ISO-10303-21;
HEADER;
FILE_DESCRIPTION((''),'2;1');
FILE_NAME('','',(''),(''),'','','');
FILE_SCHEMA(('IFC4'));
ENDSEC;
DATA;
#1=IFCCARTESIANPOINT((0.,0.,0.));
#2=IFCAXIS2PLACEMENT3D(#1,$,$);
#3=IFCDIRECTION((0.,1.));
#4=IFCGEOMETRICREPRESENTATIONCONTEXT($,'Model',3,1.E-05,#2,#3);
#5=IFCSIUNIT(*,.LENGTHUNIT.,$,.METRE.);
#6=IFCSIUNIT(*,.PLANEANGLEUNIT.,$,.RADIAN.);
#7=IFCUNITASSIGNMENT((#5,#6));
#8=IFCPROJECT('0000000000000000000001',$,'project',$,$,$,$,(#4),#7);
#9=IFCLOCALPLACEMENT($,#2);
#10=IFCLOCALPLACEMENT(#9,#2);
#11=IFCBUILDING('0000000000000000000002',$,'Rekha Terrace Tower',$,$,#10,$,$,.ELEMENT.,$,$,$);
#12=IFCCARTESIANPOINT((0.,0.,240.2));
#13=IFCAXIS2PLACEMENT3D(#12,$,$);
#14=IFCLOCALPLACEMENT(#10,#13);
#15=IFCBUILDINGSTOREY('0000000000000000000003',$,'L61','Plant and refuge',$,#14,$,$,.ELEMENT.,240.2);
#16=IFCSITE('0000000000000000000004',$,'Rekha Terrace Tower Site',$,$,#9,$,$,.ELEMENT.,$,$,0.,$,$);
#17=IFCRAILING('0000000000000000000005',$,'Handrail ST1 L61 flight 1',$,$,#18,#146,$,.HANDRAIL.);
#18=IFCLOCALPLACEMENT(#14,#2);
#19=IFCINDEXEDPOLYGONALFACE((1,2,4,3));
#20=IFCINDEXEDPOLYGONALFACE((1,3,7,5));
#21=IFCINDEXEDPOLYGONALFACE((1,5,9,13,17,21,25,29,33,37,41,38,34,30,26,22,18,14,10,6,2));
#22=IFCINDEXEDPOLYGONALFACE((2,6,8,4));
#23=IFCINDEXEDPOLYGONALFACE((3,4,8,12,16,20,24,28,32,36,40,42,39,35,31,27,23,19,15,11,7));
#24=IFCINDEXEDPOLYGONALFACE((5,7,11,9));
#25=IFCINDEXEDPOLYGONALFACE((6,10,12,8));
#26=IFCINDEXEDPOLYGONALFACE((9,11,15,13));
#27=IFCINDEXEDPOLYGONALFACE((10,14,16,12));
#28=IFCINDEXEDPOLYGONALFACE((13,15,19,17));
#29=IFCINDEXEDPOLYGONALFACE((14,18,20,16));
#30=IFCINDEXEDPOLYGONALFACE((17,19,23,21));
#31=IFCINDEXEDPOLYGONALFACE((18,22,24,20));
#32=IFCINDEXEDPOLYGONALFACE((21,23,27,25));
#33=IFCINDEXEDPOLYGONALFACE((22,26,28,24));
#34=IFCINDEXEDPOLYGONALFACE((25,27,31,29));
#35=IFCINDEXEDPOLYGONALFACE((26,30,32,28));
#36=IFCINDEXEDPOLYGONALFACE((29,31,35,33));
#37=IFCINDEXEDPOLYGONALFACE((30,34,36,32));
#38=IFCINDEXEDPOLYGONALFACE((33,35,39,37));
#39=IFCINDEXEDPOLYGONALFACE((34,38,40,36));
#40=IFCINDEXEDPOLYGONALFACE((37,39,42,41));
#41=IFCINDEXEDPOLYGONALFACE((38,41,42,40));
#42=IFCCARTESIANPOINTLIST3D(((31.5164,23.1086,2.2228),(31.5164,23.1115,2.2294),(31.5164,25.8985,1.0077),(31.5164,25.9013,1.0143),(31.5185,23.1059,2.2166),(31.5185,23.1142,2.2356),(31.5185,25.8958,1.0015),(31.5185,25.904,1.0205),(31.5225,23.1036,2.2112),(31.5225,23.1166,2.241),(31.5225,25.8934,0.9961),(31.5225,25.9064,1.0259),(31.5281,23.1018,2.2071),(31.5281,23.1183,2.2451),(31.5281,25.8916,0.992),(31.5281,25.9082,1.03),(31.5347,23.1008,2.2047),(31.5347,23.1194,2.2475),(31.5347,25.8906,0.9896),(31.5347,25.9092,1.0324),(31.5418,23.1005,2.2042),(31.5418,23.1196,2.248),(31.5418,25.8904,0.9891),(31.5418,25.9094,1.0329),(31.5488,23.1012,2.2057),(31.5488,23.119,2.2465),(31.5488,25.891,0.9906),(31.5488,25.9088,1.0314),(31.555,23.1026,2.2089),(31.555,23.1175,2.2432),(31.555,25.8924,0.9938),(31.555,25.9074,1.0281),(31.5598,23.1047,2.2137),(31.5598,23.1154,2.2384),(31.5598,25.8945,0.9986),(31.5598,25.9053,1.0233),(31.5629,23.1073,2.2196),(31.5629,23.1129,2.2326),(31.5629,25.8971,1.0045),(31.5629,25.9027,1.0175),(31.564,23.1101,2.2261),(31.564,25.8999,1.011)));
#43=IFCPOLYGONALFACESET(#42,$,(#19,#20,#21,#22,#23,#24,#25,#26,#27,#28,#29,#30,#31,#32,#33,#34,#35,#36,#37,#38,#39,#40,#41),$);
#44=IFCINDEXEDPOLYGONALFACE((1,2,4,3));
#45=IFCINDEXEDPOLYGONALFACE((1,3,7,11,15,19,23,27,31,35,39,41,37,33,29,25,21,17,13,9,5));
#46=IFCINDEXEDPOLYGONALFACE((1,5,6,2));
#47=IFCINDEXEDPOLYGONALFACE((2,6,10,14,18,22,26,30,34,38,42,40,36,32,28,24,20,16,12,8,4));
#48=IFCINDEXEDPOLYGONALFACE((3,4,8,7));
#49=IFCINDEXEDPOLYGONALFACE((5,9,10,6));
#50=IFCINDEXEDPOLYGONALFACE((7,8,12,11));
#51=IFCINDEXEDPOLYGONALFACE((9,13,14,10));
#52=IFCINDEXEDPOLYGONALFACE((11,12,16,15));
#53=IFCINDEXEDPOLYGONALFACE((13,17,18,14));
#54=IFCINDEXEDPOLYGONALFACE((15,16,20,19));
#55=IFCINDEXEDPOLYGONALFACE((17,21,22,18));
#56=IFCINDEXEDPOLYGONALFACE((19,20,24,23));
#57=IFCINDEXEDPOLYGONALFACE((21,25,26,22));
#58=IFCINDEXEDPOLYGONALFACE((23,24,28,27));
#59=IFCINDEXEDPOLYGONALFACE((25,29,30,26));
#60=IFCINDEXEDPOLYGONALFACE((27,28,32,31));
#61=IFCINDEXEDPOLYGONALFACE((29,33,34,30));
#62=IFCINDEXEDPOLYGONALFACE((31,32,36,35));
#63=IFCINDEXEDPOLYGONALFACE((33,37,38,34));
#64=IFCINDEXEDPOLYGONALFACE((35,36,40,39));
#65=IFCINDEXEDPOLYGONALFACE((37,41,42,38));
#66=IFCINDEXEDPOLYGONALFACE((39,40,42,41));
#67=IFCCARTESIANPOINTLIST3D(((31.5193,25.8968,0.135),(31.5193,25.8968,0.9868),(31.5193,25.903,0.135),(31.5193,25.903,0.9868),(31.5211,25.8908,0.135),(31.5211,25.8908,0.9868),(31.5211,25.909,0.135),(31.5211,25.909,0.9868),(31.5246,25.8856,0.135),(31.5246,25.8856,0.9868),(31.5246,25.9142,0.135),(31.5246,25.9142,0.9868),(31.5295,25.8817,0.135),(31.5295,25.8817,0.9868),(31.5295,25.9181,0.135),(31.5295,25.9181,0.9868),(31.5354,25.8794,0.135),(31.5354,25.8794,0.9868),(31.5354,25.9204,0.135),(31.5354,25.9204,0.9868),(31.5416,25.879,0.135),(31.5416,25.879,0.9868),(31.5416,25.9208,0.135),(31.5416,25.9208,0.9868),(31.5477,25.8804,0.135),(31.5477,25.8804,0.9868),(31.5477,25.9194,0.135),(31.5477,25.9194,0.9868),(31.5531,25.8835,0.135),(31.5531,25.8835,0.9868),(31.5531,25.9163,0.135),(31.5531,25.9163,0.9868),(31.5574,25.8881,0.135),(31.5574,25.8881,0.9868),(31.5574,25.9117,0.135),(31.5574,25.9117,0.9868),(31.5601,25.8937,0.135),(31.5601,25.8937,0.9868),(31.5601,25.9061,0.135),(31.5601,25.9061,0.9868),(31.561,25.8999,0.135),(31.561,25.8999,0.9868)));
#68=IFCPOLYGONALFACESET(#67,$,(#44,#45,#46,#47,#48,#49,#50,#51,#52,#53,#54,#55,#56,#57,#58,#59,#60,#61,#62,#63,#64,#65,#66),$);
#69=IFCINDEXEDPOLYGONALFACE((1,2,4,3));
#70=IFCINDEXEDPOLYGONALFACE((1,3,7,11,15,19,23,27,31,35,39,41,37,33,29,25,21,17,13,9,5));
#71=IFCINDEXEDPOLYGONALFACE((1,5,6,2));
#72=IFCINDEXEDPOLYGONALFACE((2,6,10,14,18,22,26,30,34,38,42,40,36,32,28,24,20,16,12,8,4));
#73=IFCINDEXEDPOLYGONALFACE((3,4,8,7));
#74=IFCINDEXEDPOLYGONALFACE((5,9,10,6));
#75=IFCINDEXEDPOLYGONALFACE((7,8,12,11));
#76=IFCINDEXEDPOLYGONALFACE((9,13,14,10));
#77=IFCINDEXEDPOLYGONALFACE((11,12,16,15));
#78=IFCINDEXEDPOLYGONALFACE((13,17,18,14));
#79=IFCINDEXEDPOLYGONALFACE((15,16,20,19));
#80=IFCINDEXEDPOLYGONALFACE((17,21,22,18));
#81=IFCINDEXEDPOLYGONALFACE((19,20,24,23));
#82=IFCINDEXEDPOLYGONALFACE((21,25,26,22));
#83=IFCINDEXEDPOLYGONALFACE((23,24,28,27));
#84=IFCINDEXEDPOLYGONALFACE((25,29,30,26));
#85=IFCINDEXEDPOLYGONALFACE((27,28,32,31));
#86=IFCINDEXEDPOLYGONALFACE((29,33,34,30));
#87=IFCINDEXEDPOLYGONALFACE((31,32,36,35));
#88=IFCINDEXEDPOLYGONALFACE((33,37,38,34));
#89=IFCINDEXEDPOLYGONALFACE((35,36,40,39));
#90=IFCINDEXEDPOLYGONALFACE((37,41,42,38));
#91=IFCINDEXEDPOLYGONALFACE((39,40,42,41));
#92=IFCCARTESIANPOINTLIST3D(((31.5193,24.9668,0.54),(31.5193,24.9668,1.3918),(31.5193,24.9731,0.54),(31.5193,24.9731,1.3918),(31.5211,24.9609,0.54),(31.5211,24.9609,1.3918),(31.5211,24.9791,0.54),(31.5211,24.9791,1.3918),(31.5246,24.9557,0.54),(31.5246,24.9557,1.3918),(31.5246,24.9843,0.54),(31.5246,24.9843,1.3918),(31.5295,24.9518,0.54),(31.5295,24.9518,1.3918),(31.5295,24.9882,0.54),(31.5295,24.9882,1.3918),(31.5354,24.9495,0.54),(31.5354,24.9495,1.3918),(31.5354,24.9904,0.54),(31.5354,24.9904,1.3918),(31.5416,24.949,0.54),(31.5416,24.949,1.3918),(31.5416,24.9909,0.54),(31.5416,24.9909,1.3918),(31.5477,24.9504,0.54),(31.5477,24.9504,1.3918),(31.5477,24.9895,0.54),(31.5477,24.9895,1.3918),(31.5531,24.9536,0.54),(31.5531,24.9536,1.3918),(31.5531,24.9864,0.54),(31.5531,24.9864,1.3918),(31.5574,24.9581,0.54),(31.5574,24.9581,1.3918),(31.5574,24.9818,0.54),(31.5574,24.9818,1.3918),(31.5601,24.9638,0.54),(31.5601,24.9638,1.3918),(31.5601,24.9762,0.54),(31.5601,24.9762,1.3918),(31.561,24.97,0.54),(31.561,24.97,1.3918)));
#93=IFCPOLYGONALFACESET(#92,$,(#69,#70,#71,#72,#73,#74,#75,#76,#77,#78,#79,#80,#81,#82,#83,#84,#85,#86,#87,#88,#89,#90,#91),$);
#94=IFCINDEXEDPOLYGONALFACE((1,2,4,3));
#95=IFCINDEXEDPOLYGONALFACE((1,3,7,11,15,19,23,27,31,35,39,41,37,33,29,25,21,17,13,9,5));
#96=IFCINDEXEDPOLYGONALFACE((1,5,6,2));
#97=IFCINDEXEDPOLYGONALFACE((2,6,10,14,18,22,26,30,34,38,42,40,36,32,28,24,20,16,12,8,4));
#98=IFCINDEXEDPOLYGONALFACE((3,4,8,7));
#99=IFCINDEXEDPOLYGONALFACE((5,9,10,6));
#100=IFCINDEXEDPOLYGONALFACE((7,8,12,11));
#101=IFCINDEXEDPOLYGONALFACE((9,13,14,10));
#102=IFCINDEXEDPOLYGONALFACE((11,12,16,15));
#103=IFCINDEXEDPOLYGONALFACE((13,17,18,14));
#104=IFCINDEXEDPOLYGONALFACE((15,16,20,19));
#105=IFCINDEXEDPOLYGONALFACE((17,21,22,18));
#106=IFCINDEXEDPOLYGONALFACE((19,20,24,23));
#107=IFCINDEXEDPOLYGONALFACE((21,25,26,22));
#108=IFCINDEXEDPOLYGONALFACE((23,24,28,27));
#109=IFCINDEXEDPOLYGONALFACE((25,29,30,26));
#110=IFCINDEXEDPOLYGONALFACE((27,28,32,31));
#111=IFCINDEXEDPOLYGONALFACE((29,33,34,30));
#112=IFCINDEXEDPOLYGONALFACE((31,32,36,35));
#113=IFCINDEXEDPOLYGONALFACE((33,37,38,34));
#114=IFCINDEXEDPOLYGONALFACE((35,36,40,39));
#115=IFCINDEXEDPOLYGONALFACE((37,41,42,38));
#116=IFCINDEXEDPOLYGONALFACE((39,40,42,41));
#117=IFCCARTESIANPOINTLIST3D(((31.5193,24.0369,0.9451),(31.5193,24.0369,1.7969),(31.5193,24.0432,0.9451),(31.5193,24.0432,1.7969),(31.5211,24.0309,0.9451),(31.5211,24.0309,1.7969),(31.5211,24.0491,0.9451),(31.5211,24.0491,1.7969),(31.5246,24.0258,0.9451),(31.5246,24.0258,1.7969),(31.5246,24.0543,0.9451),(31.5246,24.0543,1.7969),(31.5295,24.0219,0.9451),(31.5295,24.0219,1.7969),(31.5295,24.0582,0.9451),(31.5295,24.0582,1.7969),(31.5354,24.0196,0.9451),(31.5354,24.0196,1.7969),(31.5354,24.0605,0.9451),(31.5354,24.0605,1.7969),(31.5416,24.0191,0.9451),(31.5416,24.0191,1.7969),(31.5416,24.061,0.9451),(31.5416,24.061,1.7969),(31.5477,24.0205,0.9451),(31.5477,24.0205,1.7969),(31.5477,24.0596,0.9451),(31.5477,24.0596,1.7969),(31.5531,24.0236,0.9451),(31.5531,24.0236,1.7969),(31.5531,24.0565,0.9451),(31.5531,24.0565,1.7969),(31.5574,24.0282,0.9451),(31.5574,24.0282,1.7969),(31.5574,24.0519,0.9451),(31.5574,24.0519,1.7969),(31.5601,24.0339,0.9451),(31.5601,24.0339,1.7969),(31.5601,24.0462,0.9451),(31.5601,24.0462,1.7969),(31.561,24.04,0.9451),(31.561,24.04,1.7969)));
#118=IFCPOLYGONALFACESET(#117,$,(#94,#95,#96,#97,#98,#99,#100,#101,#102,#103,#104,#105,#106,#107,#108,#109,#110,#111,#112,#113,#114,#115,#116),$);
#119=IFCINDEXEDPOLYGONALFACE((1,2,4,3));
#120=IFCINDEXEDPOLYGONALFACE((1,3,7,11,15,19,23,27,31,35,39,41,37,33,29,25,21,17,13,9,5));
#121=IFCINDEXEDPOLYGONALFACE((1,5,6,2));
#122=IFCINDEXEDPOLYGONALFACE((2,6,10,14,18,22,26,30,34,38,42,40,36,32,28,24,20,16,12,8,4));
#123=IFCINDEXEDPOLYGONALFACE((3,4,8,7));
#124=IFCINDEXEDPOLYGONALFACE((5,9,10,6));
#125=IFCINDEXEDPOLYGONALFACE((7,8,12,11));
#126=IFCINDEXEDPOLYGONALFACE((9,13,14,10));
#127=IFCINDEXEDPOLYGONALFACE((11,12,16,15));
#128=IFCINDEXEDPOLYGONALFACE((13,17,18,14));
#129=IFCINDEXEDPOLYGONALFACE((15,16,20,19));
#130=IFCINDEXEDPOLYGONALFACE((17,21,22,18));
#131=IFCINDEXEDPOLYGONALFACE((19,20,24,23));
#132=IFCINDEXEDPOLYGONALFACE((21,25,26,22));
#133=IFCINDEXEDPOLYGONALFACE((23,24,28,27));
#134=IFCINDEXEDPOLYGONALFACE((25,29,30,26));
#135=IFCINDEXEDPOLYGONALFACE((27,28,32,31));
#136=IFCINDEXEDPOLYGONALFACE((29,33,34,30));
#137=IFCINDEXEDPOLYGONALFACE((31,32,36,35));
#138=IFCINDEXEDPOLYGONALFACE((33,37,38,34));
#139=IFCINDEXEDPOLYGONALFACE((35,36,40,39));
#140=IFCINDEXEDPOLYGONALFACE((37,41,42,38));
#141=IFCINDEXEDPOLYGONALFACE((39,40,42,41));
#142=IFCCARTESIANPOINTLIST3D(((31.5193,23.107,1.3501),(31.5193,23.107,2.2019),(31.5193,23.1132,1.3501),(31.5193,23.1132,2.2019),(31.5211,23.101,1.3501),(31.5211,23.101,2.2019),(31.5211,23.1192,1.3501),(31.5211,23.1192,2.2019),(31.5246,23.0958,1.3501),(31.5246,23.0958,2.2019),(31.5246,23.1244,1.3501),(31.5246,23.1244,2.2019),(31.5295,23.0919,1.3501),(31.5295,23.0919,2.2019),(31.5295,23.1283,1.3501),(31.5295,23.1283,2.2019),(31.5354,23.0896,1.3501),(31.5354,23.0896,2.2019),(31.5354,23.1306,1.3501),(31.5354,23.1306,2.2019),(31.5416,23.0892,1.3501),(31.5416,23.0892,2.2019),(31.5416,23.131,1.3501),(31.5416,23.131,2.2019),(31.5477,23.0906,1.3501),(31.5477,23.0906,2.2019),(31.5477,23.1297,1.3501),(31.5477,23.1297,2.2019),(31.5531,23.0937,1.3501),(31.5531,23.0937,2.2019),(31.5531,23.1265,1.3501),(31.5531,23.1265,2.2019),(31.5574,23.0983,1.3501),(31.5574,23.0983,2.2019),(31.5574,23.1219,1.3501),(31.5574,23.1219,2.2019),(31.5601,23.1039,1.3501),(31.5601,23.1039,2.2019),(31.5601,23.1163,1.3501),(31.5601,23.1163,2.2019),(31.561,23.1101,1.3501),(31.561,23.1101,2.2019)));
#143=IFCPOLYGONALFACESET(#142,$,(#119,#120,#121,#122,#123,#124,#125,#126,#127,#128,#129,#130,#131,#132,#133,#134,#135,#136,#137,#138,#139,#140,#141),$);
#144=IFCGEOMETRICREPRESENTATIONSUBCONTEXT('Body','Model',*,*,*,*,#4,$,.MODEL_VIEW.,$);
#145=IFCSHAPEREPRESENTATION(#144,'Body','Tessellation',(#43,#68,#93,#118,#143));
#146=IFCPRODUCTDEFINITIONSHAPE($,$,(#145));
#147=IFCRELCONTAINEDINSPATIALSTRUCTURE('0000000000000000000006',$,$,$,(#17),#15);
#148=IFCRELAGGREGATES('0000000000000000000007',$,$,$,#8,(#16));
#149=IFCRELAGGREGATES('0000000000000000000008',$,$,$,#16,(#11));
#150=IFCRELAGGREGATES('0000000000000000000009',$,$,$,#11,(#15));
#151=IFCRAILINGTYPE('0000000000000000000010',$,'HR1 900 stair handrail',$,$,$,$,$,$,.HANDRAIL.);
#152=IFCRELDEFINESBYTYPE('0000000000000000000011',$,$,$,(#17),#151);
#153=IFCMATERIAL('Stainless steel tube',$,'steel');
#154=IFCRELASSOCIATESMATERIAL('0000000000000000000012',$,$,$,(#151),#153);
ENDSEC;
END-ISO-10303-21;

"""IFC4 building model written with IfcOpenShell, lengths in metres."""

from ifc_helpers import new_model, si_unit, direction, frame, origin, origin_2d, place, context, subcontext, project, spatial, circle, extrude, material, type_object, element, save


model = new_model("IFC4")

# Units and contexts
model_context = context("Model", 3, precision=1e-05, world=origin(), true_north=direction((0.0, 1.0)))
body_context = subcontext(model_context, "Body", "Model", "MODEL_VIEW")
ifc_project = project(units=[si_unit("LENGTHUNIT", "METRE"), si_unit("PLANEANGLEUNIT", "RADIAN")], contexts=[model_context])

# Site, building, storey
site_placement = place(None, origin())
site = spatial("IfcSite", under=ifc_project, at=site_placement, Name="Rekha Terrace Tower Site", CompositionType="ELEMENT", RefElevation=0.0)
building_placement = place(site_placement, origin())
building = spatial("IfcBuilding", under=site, at=building_placement, Name="Rekha Terrace Tower", CompositionType="ELEMENT")
storey_placement = place(building_placement, frame((0.0, 0.0, 240.2)))
storey = spatial("IfcBuildingStorey", under=building, at=storey_placement, Name="L61", Description="Plant and refuge", CompositionType="ELEMENT", Elevation=240.2)

# Railing
ifc_material_1 = material(Name="Stainless steel tube", Category="steel")
railing_type_1 = type_object("IfcRailingType", Name="HR1 900 stair handrail", PredefinedType="HANDRAIL", material=ifc_material_1)
railing_1_placement = place(storey_placement, frame((31.54, 25.8999, 0.135)))
element("IfcRailing", 1, at=railing_1_placement, inside=storey, type_object=railing_type_1, Name="Handrail ST1 L61 flight 1", PredefinedType="HANDRAIL", context=body_context, shape_type="SweptSolid", body=[
    extrude(circle(Radius=0.0239, at=origin_2d()), frame((0.0, 0.0, 0.876), z_axis=(0.0, -0.916813, 0.399316), x_axis=(1.0, 0.0, 0.0)), (0.0, 0.0, 1.0), 3.043),
    extrude(circle(Radius=0.021, at=origin_2d()), origin(), (0.0, 0.0, 1.0), 0.8518),
    extrude(circle(Radius=0.021, at=origin_2d()), frame((0.0, -0.9299, 0.405)), (0.0, 0.0, 1.0), 0.8518),
    extrude(circle(Radius=0.021, at=origin_2d()), frame((0.0, -1.8599, 0.8101)), (0.0, 0.0, 1.0), 0.8518),
    extrude(circle(Radius=0.021, at=origin_2d()), frame((0.0, -2.7898, 1.2151)), (0.0, 0.0, 1.0), 0.8518),
])

save(model, "model.ifc")
